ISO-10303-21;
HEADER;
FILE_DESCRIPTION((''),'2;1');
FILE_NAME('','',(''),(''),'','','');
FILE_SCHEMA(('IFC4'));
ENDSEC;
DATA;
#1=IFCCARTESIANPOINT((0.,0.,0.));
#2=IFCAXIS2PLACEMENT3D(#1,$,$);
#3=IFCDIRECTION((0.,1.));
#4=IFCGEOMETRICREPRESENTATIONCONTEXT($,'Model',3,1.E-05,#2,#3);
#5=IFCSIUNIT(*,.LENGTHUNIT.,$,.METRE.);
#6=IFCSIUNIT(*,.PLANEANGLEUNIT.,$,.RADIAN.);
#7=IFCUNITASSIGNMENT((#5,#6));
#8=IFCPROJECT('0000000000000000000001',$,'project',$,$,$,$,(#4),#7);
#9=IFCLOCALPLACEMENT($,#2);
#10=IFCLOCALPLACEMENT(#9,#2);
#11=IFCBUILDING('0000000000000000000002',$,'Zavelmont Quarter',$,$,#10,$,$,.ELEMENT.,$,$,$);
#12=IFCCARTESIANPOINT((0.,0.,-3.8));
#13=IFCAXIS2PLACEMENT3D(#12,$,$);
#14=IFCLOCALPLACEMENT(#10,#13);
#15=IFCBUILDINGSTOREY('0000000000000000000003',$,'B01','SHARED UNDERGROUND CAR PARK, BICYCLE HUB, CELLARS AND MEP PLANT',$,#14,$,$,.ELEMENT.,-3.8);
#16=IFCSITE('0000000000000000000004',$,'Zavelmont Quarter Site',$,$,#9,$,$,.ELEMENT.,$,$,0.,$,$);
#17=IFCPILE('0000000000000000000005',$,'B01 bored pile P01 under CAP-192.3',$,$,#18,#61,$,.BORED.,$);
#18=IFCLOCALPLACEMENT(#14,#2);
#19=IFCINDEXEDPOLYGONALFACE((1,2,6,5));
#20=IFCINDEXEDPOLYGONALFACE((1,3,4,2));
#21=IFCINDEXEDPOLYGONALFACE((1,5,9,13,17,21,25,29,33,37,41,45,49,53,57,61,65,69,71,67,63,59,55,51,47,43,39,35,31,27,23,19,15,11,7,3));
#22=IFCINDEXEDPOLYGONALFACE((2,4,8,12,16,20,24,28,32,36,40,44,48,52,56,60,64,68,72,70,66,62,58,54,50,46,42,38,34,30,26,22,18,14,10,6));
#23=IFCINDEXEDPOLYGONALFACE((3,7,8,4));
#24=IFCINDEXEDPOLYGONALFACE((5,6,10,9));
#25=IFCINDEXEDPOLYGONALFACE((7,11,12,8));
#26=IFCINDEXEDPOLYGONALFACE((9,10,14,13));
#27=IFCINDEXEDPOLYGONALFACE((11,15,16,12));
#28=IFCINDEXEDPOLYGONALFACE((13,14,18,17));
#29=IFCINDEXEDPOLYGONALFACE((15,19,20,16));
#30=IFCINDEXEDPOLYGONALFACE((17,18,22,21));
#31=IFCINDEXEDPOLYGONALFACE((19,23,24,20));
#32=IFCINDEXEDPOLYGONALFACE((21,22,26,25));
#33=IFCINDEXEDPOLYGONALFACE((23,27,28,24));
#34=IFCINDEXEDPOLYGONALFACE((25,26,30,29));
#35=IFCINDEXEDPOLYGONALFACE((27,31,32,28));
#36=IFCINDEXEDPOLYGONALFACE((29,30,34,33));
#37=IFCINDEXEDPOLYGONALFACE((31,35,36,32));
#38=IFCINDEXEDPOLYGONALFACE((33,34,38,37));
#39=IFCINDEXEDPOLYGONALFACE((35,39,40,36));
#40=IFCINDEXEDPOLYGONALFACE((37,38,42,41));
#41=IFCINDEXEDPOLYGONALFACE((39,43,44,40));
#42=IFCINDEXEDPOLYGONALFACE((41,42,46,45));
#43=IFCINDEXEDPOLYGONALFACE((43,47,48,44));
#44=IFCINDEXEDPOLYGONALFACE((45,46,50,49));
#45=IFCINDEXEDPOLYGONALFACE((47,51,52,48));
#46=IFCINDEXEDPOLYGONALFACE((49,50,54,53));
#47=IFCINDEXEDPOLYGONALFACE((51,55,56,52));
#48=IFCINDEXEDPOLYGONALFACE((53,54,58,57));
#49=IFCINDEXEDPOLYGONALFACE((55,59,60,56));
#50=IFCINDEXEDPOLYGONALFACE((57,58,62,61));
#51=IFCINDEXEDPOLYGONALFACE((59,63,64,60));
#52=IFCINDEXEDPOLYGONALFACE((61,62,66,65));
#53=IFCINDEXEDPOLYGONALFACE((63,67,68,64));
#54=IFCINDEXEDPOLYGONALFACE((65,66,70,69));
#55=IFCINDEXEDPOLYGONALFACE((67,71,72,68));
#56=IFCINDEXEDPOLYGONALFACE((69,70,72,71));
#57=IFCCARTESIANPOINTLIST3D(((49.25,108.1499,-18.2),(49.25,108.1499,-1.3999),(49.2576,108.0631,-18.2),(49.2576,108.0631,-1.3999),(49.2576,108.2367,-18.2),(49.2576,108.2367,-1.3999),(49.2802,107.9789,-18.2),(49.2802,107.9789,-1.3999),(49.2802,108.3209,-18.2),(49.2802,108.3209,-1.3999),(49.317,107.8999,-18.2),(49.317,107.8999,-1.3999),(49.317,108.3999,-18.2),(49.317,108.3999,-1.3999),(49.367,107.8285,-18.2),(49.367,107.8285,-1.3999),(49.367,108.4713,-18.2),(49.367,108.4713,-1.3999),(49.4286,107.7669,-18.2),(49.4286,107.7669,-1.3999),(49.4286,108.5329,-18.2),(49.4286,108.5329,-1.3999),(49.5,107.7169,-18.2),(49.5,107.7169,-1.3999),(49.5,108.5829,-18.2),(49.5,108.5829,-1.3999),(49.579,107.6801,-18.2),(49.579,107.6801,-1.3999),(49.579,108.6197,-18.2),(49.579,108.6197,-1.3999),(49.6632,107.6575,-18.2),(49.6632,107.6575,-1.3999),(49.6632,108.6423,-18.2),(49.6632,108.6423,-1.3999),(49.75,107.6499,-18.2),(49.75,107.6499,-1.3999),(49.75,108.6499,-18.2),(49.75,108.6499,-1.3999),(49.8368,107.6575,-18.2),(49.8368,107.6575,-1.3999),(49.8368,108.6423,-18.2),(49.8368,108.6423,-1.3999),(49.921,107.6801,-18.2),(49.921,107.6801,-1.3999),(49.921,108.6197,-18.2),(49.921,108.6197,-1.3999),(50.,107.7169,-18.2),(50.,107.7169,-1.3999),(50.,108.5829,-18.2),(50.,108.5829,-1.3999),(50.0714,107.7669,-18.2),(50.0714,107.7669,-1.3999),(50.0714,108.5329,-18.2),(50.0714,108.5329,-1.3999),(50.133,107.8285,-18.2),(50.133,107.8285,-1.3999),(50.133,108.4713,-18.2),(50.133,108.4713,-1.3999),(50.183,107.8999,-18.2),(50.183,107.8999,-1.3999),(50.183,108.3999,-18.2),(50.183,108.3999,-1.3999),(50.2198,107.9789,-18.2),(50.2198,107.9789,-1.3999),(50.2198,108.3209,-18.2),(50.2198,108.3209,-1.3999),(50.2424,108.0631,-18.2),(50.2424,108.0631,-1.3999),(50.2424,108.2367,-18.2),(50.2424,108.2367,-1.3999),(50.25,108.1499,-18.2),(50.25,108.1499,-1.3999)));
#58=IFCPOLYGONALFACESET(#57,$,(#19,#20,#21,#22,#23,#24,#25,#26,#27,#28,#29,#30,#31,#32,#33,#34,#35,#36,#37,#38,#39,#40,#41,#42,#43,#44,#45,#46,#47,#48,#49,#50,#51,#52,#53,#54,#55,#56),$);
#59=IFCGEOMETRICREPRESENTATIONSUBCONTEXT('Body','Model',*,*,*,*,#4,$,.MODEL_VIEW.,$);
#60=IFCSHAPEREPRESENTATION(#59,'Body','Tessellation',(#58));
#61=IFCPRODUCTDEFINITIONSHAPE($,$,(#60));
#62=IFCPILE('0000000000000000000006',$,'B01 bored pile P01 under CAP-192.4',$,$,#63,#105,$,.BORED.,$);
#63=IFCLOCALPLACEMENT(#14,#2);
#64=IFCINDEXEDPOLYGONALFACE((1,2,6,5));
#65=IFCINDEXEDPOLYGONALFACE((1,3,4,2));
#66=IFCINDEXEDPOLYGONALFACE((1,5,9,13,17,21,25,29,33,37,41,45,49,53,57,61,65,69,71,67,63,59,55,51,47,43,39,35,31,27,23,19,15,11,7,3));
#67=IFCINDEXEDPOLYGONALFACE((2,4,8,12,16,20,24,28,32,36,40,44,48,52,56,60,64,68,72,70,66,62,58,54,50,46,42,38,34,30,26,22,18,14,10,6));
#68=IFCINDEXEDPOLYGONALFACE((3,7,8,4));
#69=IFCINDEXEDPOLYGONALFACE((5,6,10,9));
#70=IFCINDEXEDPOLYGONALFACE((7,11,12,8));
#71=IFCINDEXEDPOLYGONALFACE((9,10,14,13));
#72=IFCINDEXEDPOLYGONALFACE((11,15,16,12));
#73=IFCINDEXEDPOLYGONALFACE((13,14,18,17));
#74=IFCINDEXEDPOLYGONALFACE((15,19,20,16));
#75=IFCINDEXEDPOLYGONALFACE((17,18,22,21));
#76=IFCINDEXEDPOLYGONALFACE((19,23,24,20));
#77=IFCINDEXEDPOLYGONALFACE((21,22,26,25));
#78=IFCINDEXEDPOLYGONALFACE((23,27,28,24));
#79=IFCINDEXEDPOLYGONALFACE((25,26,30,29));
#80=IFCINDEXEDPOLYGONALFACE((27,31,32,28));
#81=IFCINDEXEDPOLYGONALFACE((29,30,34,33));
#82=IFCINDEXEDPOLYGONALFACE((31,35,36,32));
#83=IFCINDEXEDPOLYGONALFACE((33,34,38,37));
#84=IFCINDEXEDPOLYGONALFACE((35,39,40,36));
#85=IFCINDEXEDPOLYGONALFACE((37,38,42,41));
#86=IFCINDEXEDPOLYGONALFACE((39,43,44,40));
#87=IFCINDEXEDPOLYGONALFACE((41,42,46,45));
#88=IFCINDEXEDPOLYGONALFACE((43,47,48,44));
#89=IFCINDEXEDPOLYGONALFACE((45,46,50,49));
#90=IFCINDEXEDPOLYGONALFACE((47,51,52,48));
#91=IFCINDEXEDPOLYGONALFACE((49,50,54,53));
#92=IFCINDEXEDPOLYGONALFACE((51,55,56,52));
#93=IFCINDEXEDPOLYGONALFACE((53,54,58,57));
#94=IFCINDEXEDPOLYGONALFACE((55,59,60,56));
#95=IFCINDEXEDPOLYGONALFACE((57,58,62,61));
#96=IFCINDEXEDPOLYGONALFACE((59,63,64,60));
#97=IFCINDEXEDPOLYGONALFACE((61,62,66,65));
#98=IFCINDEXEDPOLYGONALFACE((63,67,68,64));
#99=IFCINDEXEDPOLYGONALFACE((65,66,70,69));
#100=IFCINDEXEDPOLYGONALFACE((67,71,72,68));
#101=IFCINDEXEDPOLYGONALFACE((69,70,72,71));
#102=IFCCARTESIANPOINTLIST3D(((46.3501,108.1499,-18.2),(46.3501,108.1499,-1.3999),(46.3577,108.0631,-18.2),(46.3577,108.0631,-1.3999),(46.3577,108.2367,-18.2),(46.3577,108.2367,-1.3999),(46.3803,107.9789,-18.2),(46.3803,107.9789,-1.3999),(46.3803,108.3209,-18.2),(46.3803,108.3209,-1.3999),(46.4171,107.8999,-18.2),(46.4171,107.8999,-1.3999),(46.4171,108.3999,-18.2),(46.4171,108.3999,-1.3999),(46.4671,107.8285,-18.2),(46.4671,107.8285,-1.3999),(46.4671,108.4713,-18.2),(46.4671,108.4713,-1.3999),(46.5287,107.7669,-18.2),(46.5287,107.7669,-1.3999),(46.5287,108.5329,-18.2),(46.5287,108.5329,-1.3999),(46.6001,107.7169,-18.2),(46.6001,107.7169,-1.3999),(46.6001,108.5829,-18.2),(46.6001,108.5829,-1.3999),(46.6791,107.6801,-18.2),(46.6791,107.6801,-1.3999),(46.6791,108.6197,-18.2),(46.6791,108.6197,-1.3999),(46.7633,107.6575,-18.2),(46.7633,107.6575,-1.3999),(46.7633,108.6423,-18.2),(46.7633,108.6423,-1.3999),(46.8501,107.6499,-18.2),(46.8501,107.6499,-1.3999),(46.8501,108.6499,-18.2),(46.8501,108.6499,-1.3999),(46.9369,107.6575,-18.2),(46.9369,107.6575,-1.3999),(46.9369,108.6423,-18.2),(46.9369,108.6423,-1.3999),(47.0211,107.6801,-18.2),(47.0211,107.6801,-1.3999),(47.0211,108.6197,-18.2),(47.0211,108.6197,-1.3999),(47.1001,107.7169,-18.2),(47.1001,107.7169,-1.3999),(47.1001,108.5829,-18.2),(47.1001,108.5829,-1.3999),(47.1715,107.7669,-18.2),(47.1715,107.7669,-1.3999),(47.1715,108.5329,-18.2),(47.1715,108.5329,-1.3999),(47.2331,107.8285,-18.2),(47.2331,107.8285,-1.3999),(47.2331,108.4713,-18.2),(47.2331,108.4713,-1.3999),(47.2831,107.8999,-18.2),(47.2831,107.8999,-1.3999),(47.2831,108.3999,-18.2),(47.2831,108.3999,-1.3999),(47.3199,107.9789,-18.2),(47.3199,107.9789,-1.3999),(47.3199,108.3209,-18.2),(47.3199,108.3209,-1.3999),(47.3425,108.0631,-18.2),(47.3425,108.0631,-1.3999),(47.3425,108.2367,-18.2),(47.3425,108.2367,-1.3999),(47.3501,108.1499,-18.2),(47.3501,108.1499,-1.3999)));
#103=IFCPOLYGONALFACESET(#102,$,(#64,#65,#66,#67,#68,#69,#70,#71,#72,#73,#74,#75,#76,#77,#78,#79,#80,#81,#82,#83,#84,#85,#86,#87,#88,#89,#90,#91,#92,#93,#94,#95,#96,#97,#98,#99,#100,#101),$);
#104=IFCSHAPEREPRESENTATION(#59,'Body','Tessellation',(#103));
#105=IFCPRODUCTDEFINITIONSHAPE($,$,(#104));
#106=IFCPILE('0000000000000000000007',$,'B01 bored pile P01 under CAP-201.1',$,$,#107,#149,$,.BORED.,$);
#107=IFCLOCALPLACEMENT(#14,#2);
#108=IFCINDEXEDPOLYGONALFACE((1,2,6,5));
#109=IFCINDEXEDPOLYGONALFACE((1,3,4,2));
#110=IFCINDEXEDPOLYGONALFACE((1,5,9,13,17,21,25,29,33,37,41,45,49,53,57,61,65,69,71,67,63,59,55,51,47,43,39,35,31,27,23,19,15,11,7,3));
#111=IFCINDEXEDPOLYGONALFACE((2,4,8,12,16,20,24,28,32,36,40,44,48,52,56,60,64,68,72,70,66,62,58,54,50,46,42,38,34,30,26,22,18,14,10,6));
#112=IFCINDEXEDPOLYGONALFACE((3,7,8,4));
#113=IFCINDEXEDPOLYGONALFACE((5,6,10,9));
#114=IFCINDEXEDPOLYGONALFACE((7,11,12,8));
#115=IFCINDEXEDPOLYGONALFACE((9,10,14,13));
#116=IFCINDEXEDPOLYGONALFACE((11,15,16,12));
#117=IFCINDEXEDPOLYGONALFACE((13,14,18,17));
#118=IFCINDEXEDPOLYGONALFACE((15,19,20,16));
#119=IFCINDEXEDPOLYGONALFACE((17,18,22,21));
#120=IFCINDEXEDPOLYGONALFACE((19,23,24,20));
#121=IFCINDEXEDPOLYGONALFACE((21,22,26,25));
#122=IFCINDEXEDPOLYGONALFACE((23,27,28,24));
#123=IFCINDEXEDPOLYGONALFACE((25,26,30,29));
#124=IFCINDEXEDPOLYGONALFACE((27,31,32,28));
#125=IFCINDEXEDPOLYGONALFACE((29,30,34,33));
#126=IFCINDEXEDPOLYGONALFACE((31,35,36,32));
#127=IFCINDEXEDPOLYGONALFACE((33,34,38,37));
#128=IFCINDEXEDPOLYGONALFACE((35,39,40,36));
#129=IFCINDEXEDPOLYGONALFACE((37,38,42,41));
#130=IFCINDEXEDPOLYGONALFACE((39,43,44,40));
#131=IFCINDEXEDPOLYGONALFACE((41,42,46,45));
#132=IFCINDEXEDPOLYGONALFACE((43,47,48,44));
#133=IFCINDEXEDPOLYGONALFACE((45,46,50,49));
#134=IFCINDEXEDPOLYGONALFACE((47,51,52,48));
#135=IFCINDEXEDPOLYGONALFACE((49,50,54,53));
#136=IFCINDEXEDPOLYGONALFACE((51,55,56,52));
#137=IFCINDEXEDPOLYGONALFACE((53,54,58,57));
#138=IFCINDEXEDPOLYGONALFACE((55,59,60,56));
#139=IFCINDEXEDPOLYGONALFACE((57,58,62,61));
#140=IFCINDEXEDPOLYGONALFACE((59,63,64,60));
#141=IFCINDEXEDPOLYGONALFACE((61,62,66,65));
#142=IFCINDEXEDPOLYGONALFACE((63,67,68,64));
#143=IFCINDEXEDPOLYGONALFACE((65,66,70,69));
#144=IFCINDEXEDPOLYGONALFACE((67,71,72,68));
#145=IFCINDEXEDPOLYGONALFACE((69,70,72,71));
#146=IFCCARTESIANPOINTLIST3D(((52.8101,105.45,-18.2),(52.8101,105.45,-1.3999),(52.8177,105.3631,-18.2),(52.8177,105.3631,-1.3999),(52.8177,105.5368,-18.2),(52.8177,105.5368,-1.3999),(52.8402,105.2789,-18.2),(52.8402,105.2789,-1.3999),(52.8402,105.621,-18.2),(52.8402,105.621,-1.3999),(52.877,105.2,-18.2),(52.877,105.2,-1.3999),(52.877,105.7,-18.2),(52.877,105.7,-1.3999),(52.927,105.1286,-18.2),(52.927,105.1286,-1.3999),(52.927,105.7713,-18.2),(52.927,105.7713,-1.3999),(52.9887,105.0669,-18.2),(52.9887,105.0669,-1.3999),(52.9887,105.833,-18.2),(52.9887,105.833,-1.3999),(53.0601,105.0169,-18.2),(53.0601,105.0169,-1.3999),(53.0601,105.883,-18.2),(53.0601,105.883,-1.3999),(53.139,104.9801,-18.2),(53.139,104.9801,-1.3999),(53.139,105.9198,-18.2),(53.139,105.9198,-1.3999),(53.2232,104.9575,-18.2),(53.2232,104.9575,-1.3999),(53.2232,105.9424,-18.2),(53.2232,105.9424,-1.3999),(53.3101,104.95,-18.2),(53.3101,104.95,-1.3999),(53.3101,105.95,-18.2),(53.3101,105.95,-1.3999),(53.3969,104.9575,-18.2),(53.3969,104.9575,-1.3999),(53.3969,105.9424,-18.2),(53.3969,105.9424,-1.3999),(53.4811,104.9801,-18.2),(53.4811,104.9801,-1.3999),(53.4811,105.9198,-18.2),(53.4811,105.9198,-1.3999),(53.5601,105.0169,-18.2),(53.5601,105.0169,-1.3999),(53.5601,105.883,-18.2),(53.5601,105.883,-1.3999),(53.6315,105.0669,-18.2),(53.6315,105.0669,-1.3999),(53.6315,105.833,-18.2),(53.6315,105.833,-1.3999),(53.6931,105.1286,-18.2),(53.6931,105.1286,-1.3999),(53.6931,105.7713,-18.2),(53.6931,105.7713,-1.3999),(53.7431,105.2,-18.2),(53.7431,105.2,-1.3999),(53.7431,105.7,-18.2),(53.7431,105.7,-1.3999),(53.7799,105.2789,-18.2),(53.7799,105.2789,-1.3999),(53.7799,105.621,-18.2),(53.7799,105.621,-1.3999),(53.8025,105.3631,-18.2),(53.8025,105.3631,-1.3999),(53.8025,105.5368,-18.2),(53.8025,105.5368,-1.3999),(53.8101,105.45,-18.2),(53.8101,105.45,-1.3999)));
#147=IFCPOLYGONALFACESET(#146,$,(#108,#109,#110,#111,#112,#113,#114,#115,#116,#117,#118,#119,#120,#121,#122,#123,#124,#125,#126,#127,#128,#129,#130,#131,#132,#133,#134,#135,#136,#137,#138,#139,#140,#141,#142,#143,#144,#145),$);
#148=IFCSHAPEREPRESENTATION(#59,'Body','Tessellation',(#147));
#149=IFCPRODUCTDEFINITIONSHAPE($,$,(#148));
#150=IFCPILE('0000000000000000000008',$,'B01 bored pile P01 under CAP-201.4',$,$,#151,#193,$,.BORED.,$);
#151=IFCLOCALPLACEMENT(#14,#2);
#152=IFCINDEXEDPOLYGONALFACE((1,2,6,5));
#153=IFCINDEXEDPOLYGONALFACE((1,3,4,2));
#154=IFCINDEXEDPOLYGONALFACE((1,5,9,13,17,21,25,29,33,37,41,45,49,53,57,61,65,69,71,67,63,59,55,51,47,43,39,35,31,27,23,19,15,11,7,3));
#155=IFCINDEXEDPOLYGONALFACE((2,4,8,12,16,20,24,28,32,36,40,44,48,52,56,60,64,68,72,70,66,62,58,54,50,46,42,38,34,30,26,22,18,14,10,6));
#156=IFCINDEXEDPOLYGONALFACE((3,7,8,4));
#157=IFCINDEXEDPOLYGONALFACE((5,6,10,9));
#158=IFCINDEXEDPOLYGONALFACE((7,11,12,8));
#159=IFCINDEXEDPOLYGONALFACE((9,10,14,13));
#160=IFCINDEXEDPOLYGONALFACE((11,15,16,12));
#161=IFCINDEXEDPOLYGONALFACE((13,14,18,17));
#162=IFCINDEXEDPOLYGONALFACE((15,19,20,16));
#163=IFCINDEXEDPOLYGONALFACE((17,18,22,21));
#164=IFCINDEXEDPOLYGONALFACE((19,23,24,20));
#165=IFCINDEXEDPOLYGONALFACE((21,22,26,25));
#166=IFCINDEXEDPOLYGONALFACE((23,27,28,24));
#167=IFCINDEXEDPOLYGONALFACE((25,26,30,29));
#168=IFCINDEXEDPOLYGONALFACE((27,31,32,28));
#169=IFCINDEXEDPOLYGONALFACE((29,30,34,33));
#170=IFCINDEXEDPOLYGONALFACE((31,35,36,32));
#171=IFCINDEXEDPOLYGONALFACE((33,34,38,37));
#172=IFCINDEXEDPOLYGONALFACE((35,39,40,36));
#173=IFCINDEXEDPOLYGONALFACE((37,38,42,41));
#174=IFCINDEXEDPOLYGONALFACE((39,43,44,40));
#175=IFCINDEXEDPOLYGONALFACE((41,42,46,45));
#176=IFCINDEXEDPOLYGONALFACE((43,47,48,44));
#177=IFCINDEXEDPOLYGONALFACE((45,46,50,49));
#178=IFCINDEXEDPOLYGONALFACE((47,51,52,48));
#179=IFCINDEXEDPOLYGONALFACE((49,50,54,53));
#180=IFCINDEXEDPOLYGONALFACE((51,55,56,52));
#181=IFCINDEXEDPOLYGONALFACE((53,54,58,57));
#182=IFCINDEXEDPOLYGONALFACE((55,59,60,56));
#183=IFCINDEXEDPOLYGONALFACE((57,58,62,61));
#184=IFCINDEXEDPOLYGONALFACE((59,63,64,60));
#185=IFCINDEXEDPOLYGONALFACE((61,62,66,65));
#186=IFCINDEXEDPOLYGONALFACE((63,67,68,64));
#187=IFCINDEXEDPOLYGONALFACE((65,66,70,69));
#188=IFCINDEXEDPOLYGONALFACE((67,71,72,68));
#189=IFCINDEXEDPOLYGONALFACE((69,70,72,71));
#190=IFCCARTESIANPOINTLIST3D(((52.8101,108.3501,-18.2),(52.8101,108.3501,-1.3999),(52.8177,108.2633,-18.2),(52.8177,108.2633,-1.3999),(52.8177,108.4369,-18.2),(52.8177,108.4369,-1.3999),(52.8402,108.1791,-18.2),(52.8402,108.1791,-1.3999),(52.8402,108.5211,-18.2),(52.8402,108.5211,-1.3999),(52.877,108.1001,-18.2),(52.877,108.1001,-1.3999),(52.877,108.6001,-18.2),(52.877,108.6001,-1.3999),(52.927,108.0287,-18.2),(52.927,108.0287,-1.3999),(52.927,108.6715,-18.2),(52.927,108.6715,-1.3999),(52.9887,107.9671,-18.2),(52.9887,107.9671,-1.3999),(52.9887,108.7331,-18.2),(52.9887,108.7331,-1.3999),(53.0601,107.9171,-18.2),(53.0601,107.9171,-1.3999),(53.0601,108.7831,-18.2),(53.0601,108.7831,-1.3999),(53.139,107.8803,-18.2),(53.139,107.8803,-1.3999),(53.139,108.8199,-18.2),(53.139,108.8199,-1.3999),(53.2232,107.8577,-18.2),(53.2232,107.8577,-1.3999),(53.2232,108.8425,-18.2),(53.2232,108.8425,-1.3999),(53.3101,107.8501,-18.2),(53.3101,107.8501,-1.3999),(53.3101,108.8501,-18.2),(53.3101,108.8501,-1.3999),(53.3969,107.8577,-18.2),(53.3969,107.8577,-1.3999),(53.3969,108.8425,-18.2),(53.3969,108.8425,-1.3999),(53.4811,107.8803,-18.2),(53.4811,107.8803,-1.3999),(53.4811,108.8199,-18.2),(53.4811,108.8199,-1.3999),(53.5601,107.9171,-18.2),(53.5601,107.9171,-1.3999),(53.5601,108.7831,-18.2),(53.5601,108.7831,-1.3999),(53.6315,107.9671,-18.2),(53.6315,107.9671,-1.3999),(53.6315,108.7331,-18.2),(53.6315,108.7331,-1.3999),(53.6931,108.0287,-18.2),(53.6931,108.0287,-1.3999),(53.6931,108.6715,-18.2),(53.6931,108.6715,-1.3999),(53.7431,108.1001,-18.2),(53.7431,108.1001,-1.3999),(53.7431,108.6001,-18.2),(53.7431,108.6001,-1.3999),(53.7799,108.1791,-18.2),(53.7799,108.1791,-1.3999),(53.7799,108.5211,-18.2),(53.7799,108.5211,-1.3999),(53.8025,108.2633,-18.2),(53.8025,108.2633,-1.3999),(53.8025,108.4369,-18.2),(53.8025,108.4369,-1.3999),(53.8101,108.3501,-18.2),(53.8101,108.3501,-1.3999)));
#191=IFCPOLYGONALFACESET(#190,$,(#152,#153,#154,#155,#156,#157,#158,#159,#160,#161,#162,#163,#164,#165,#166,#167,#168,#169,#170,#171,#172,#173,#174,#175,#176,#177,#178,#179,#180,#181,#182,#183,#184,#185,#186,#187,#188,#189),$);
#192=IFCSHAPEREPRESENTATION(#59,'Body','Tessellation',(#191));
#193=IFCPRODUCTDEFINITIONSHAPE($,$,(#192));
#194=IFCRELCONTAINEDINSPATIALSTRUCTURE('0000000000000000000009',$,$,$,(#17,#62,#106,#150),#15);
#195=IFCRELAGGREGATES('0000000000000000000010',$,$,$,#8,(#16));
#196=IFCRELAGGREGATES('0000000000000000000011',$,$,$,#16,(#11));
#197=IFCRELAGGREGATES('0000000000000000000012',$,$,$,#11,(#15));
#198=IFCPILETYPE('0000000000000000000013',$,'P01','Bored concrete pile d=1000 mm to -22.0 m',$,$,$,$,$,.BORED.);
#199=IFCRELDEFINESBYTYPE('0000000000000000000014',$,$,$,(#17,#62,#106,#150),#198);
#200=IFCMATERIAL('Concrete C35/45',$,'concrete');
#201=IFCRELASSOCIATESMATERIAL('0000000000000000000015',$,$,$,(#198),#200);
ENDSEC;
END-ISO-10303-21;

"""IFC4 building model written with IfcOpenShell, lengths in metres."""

from ifc_helpers import new_model, si_unit, direction, frame, origin, origin_2d, place, context, subcontext, project, spatial, circle, extrude, material, material_profile, profile_set, type_object, element, save


model = new_model("IFC4")

# Units and contexts
model_context = context("Model", 3, precision=1e-05, world=origin(), true_north=direction((0.0, 1.0)))
body_context = subcontext(model_context, "Body", "Model", "MODEL_VIEW")
ifc_project = project(units=[si_unit("LENGTHUNIT", "METRE"), si_unit("PLANEANGLEUNIT", "RADIAN")], contexts=[model_context])

# Site, building, storey
site_placement = place(None, origin())
site = spatial("IfcSite", under=ifc_project, at=site_placement, Name="Zavelmont Quarter Site", CompositionType="ELEMENT", RefElevation=0.0)
building_placement = place(site_placement, origin())
building = spatial("IfcBuilding", under=site, at=building_placement, Name="Zavelmont Quarter", CompositionType="ELEMENT")
storey_placement = place(building_placement, frame((0.0, 0.0, -3.8)))
storey = spatial("IfcBuildingStorey", under=building, at=storey_placement, Name="B01", Description="SHARED UNDERGROUND CAR PARK, BICYCLE HUB, CELLARS AND MEP PLANT", CompositionType="ELEMENT", Elevation=-3.8)

# Shared definitions
ifc_material_1 = material(Name="Concrete C35/45", Category="concrete")

# Piles
ifc_material_profile_1 = material_profile(ifc_material_1, circle(Radius=0.5, at=origin_2d()), Name="BP1000")
ifc_profile_set_1 = profile_set([ifc_material_profile_1], Name="Concrete C35/45")
pile_type_1 = type_object("IfcPileType", Name="P01", Description="Bored concrete pile d=1000 mm to -22.0 m", PredefinedType="BORED", material=ifc_profile_set_1)
for number, where, z_axis, x_axis, name in (
    (1, (49.75, 108.1499, -1.3999), (0.0, 0.0, -1.0), (1.0, 0.0, 0.0), "B01 bored pile P01 under CAP-192.3"),
    (2, (46.8501, 108.1499, -1.3999), (0.0, 0.0, -1.0), (1.0, 0.0, 0.0), "B01 bored pile P01 under CAP-192.4"),
    (3, (53.3101, 105.45, -1.3999), (0.0, 0.0, -1.0), (1.0, 0.0, 0.0), "B01 bored pile P01 under CAP-201.1"),
    (4, (53.3101, 108.3501, -1.3999), (0.0, 0.0, -1.0), (1.0, 0.0, 0.0), "B01 bored pile P01 under CAP-201.4"),
):
    element("IfcPile", number, at=place(storey_placement, frame(where, z_axis=z_axis, x_axis=x_axis)), inside=storey, type_object=pile_type_1, Name=name, PredefinedType="BORED", context=body_context, shape_type="SweptSolid", body=[
        extrude(circle(Radius=0.5, at=origin_2d()), origin(), (0.0, 0.0, 1.0), 16.8),
    ])

save(model, "model.ifc")
